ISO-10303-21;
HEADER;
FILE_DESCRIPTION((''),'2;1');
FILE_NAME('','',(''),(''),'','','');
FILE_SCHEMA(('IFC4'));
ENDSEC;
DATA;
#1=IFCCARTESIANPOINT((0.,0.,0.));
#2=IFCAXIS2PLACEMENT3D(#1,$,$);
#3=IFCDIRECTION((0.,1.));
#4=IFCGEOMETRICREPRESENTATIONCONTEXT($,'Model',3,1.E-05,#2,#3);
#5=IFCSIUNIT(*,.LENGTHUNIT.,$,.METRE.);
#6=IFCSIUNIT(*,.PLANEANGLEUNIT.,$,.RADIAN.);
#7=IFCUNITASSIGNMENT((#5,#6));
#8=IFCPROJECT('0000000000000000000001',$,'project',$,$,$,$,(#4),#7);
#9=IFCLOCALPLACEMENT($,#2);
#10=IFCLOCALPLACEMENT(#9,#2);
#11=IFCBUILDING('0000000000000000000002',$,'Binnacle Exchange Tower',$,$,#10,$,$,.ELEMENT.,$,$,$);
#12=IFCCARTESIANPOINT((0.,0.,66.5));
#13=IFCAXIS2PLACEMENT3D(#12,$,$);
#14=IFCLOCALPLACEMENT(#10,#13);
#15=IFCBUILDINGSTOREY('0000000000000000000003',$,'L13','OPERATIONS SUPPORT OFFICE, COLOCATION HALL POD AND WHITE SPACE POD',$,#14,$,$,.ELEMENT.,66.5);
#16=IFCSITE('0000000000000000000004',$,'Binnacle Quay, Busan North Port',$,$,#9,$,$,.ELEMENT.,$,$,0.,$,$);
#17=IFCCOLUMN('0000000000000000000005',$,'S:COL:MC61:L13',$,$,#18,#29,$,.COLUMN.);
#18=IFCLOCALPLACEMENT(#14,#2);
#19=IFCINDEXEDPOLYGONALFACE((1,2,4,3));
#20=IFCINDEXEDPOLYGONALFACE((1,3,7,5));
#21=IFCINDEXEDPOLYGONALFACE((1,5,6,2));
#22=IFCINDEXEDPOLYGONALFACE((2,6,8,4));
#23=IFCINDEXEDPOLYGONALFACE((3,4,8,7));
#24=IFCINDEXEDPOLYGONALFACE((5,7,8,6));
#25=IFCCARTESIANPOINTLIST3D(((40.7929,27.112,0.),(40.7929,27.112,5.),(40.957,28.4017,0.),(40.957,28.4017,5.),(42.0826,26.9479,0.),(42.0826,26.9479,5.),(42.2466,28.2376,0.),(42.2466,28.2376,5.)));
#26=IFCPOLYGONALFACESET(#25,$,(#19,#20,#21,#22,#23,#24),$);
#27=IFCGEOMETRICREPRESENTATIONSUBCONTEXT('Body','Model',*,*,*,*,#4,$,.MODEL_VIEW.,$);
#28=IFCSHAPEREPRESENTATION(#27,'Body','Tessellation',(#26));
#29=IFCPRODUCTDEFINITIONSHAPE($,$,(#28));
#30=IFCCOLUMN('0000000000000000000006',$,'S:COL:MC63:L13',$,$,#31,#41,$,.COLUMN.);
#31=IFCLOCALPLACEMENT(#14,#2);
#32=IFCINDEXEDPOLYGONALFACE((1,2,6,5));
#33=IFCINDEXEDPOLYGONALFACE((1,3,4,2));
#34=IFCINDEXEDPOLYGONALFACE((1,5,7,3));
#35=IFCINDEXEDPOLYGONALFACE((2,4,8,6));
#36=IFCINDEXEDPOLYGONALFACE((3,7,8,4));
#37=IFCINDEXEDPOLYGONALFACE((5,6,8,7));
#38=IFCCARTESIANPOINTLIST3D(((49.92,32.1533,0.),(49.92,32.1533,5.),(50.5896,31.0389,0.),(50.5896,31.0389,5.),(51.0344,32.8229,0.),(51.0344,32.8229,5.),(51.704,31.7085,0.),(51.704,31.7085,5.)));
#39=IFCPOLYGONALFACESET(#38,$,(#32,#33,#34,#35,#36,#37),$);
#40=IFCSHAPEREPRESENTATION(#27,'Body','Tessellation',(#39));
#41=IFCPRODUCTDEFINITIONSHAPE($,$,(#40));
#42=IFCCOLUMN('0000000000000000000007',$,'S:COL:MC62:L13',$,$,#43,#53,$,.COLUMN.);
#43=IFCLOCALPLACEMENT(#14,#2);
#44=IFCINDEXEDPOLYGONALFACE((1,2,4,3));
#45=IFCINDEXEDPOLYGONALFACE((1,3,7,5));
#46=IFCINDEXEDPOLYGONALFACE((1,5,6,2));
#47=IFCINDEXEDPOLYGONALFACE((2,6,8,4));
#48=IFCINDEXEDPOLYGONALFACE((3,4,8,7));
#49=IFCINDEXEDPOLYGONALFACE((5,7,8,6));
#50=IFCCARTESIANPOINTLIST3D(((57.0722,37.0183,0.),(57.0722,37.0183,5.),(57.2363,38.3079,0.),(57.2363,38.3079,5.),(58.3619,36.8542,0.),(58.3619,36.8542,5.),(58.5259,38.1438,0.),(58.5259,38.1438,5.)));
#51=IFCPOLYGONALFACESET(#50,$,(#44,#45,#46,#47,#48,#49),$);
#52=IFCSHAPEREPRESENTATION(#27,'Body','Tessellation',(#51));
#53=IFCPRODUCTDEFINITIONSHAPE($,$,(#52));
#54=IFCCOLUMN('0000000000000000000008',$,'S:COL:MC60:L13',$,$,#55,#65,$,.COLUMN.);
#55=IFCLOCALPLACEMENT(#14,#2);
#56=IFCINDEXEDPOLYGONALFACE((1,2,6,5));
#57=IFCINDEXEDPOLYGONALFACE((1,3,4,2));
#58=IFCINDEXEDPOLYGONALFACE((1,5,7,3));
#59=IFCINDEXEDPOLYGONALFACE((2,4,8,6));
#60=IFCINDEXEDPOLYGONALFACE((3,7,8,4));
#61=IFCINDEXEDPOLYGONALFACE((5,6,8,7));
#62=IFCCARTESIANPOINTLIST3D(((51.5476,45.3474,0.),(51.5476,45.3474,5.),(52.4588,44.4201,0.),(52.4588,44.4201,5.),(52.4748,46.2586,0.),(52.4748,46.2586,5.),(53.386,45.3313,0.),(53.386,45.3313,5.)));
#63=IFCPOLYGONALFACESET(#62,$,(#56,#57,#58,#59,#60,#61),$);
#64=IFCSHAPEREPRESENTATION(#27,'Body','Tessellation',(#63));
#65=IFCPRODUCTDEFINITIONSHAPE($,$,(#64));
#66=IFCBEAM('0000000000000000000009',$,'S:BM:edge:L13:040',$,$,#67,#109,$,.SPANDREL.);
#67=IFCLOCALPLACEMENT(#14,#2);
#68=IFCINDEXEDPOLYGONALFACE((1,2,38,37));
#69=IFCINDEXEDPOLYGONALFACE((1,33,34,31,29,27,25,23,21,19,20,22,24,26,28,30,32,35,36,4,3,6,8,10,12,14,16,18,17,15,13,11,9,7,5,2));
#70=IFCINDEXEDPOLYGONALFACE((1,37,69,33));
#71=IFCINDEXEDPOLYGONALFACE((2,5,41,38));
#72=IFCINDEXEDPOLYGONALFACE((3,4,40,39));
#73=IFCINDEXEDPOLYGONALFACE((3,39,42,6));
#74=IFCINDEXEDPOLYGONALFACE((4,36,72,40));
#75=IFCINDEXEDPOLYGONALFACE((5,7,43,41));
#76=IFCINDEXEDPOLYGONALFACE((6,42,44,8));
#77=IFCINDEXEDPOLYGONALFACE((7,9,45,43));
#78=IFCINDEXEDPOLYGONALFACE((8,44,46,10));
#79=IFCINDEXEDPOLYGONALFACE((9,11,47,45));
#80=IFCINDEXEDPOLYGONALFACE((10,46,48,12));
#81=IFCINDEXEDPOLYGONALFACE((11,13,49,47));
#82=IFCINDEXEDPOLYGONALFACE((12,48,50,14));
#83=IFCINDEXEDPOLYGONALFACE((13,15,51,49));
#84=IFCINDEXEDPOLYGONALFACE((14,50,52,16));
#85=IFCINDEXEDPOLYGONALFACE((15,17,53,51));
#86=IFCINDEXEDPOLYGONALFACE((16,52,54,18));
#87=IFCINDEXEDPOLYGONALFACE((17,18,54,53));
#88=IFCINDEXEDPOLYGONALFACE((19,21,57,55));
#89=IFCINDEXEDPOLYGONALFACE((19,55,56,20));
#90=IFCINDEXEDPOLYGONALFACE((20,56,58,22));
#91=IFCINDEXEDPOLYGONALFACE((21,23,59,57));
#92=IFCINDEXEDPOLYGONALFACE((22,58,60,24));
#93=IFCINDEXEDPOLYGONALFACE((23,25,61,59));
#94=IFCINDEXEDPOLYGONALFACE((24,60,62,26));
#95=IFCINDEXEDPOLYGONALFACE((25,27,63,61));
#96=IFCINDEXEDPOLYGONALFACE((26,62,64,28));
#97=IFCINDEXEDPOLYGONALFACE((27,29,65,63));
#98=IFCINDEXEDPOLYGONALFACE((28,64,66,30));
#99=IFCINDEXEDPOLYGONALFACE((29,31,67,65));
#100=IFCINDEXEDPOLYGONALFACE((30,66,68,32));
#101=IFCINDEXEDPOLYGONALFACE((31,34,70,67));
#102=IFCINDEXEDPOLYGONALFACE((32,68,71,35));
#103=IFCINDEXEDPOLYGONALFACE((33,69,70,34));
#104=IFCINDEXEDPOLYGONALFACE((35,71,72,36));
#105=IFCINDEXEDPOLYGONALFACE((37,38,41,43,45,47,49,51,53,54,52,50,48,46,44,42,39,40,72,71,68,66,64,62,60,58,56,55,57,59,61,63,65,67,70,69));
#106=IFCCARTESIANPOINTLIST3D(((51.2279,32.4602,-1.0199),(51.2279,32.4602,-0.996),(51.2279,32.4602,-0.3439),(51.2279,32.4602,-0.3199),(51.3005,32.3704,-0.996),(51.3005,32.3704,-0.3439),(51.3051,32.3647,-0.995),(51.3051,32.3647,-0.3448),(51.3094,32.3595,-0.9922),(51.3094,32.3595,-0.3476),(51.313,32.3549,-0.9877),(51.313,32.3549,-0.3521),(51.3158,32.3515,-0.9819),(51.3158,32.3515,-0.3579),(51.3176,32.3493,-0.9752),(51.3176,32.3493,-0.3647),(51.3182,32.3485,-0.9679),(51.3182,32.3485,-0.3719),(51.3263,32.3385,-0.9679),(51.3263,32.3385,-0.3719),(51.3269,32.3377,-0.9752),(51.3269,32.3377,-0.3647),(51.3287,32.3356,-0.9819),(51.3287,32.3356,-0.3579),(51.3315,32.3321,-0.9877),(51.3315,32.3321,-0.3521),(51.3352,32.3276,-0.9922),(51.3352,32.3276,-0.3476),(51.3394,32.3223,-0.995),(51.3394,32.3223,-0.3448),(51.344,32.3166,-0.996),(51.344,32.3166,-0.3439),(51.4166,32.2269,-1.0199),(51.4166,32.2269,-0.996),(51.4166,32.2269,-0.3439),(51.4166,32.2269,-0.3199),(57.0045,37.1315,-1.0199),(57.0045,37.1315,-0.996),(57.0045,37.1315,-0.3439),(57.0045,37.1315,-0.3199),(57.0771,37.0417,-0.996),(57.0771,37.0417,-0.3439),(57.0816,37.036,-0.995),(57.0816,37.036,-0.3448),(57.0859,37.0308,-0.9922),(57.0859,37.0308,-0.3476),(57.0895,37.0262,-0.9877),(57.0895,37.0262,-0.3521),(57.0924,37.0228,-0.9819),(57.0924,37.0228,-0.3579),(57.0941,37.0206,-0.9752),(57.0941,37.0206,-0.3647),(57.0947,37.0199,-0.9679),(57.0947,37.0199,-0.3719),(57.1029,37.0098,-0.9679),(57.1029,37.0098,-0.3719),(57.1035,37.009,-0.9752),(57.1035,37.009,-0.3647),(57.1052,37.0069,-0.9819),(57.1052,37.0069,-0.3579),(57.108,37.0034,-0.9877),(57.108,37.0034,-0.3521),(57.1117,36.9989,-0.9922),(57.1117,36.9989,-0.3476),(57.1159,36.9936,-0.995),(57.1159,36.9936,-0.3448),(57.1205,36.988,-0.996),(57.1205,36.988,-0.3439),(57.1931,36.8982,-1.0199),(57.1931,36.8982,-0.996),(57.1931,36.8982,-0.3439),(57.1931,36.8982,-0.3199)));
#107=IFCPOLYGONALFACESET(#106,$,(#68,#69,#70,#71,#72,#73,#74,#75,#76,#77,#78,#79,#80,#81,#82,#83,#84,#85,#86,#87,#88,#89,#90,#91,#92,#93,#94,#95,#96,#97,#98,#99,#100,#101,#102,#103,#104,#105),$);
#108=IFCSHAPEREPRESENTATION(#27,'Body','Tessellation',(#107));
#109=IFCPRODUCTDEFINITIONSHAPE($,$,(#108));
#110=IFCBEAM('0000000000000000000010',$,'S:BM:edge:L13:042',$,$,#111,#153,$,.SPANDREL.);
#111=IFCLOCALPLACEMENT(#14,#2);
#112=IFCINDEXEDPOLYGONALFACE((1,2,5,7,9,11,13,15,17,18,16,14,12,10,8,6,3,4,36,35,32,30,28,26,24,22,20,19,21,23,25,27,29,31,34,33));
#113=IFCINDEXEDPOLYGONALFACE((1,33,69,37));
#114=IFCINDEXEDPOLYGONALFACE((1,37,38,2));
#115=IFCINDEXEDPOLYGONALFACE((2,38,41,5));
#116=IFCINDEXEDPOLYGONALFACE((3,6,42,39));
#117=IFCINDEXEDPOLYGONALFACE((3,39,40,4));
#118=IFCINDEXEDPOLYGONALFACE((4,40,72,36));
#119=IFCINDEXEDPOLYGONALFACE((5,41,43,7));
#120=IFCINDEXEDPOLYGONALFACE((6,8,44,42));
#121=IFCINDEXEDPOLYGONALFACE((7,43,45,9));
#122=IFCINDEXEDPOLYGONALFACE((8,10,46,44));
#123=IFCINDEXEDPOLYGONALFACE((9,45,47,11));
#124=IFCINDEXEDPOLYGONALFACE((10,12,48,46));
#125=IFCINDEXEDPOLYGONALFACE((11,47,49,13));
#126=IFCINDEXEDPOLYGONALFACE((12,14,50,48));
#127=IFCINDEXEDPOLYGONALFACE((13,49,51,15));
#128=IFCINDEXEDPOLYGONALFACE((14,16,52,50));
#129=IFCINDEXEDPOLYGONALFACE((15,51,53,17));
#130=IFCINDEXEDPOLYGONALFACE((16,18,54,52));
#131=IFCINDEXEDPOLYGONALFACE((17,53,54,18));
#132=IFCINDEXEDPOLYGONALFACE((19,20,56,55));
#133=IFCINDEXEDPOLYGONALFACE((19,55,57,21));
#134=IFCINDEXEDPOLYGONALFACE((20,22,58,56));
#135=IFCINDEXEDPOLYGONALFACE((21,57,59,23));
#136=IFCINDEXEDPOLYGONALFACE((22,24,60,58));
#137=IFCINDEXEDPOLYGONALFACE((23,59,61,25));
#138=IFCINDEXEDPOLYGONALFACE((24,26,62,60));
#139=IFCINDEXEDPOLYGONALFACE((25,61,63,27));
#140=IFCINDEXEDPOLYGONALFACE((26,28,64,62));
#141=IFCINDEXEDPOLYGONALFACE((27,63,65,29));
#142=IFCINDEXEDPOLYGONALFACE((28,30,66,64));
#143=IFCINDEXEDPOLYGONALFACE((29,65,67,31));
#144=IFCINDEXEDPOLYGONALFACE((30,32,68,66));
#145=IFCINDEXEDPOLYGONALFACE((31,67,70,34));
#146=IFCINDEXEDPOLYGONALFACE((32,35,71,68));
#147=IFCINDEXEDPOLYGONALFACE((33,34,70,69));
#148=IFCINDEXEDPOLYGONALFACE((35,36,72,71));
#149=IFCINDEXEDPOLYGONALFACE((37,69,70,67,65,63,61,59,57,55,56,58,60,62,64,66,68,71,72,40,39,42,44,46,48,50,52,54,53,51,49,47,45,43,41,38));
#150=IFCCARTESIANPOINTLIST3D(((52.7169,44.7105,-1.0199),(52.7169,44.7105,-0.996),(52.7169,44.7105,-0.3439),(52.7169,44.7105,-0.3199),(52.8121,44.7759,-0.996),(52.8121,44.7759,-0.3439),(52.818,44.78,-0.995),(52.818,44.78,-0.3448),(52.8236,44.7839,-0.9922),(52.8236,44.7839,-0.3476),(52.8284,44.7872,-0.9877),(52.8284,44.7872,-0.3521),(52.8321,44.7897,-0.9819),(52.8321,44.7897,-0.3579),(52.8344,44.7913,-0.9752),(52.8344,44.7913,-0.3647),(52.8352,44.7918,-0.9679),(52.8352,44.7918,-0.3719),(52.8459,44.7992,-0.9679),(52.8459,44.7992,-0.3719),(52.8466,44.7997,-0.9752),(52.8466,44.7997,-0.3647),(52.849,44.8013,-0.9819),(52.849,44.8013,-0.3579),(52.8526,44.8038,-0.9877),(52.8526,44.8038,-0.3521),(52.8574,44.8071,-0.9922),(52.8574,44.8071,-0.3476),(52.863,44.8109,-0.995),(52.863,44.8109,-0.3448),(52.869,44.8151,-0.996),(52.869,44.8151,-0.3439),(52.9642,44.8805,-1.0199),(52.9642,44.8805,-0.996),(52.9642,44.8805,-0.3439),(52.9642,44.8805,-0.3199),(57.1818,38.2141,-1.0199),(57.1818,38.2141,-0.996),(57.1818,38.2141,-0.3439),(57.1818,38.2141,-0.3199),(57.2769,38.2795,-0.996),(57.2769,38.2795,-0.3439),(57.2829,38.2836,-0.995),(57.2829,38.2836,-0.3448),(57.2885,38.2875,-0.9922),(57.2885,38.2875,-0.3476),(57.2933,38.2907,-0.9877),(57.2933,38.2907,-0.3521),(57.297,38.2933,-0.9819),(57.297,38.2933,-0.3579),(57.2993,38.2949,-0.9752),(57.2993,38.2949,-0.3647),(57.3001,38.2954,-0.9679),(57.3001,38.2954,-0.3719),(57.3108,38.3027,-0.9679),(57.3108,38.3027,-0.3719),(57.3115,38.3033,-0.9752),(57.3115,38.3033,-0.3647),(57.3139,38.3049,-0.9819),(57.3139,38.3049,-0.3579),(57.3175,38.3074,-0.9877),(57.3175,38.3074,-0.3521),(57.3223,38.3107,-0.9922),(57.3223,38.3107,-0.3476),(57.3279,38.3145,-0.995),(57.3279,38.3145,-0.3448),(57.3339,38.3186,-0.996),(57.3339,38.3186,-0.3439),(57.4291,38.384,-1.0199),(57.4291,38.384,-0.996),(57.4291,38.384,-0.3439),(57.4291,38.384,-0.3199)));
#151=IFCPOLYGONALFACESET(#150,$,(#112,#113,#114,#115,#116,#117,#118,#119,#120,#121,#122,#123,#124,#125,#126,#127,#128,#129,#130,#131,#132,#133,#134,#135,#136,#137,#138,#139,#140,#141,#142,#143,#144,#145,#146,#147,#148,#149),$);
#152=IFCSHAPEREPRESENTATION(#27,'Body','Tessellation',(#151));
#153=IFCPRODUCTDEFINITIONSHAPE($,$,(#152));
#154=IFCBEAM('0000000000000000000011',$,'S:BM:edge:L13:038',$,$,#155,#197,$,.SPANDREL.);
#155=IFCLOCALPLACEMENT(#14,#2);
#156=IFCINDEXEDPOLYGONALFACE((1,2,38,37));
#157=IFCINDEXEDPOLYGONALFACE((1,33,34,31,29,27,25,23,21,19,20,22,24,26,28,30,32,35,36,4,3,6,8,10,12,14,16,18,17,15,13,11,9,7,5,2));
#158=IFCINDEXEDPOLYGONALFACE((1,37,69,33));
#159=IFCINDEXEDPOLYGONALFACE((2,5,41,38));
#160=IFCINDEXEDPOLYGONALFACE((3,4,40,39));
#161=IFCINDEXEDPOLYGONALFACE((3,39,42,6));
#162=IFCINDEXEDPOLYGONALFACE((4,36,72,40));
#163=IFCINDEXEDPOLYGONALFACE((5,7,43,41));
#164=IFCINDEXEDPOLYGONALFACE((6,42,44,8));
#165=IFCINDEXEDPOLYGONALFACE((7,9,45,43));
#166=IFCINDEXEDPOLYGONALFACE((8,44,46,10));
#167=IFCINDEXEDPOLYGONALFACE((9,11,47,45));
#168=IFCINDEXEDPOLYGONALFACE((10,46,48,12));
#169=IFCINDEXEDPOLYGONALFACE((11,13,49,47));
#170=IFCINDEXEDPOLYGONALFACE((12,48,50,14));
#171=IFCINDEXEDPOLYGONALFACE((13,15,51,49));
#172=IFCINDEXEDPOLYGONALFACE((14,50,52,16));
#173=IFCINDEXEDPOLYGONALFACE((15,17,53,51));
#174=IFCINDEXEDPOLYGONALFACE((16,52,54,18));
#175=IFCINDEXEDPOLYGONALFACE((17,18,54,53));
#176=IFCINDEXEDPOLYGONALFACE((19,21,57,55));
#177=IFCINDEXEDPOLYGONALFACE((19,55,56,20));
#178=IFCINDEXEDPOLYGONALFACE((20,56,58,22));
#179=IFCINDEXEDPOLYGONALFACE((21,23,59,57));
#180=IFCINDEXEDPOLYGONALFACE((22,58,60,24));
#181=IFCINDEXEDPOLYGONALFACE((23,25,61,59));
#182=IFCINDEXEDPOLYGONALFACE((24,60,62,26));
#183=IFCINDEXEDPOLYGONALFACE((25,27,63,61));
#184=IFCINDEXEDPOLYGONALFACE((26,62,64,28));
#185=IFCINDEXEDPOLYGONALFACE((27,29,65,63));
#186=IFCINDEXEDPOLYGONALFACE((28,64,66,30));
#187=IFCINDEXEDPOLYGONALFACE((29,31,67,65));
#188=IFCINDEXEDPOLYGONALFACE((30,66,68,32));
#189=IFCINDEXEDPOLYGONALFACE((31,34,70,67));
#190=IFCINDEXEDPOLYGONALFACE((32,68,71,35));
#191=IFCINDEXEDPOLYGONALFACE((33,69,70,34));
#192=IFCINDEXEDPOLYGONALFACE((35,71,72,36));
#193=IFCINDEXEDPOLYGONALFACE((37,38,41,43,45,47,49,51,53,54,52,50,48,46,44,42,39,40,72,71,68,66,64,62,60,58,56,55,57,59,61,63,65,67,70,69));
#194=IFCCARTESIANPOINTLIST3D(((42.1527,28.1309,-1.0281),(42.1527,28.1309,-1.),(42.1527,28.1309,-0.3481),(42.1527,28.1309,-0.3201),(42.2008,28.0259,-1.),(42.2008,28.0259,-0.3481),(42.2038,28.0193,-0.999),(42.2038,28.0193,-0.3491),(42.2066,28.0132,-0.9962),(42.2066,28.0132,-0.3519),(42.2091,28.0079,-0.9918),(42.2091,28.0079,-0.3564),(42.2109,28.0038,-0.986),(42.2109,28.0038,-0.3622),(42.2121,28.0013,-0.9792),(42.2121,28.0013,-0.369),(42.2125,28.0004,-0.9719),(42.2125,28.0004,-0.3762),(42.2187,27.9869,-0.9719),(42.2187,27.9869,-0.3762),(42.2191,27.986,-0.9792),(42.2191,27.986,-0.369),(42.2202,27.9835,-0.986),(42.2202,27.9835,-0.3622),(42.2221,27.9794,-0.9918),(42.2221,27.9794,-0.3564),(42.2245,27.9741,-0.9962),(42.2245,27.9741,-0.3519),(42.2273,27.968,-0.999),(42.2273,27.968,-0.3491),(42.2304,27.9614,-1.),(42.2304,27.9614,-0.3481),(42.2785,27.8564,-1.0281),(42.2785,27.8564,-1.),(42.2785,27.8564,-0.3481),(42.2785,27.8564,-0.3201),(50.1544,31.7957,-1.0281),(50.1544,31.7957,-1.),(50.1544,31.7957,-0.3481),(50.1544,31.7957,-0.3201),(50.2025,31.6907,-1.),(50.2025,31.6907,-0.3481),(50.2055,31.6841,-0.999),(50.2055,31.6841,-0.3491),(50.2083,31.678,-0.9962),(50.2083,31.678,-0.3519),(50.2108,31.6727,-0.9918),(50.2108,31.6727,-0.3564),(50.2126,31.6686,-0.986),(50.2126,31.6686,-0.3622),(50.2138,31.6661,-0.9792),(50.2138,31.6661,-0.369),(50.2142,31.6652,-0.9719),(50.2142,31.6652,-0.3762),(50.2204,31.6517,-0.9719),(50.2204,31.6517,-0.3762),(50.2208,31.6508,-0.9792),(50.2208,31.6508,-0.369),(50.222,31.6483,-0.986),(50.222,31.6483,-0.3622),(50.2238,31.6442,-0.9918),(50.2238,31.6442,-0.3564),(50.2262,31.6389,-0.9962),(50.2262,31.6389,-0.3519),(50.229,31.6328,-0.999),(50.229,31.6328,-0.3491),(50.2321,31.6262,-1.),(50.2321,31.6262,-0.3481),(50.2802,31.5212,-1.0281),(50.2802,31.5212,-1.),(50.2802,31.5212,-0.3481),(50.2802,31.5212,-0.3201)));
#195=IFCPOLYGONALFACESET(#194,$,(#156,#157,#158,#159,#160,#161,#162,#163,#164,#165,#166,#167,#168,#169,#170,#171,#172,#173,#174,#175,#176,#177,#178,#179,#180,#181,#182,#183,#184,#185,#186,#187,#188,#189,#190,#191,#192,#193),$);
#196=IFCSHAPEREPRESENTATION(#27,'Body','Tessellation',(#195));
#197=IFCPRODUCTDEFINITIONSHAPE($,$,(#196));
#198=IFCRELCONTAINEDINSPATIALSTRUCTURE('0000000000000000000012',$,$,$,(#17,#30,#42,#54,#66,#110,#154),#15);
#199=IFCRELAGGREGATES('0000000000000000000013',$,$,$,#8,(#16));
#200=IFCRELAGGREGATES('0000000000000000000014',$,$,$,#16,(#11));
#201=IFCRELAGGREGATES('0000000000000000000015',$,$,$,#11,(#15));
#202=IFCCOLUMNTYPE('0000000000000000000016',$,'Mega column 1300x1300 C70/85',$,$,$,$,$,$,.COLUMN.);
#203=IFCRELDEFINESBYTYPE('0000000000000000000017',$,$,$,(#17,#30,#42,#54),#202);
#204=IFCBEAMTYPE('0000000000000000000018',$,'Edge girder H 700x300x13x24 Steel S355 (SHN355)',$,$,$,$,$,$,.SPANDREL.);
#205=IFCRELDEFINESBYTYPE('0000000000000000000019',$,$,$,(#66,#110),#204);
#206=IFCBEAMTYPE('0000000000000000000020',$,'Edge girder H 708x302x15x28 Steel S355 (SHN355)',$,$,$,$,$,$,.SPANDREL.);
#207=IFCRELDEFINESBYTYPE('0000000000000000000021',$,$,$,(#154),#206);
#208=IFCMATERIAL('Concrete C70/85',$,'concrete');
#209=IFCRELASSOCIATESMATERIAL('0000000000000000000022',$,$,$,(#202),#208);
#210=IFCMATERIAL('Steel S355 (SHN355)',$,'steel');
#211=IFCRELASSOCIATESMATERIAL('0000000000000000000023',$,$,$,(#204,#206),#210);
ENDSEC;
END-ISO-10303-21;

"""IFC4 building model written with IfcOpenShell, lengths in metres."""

from ifc_helpers import new_model, si_unit, direction, frame, origin, origin_2d, place, context, subcontext, project, spatial, rectangle, i_section, extrude, material, material_profile, profile_set, type_object, element, save


model = new_model("IFC4")

# Units and contexts
model_context = context("Model", 3, precision=1e-05, world=origin(), true_north=direction((0.0, 1.0)))
body_context = subcontext(model_context, "Body", "Model", "MODEL_VIEW")
ifc_project = project(units=[si_unit("LENGTHUNIT", "METRE"), si_unit("PLANEANGLEUNIT", "RADIAN")], contexts=[model_context])

# Site, building, storey
site_placement = place(None, origin())
site = spatial("IfcSite", under=ifc_project, at=site_placement, Name="Binnacle Quay, Busan North Port", CompositionType="ELEMENT", RefElevation=0.0)
building_placement = place(site_placement, origin())
building = spatial("IfcBuilding", under=site, at=building_placement, Name="Binnacle Exchange Tower", CompositionType="ELEMENT")
storey_placement = place(building_placement, frame((0.0, 0.0, 66.5)))
storey = spatial("IfcBuildingStorey", under=building, at=storey_placement, Name="L13", Description="OPERATIONS SUPPORT OFFICE, COLOCATION HALL POD AND WHITE SPACE POD", CompositionType="ELEMENT", Elevation=66.5)

# Columns
ifc_material_1 = material(Name="Concrete C70/85", Category="concrete")
ifc_material_profile_1 = material_profile(ifc_material_1, rectangle(XDim=1.3, YDim=1.3, at=origin_2d()), Name="Mega column 1300x1300 C70/85")
ifc_profile_set_1 = profile_set([ifc_material_profile_1], Name="Concrete C70/85")
column_type = type_object("IfcColumnType", Name="Mega column 1300x1300 C70/85", PredefinedType="COLUMN", material=ifc_profile_set_1)
for number, where, z_axis, x_axis, name in (
    (1, (41.5198, 27.6748, 0.0), (0.0, 0.0, 1.0), (0.992005, -0.126199, 0.0), "S:COL:MC61:L13"),
    (2, (50.812, 31.9309, 0.0), (0.0, 0.0, 1.0), (0.857167, 0.515038, 0.0), "S:COL:MC63:L13"),
    (3, (57.7991, 37.5811, 0.0), (0.0, 0.0, 1.0), (0.126199, 0.992005, 0.0), "S:COL:MC62:L13"),
    (4, (52.4668, 45.3394, 0.0), (0.0, 0.0, 1.0), (-0.700909, 0.71325, 0.0), "S:COL:MC60:L13"),
):
    element("IfcColumn", number, at=place(storey_placement, frame(where, z_axis=z_axis, x_axis=x_axis)), inside=storey, type_object=column_type, Name=name, PredefinedType="COLUMN", context=body_context, shape_type="SweptSolid", body=[
        extrude(rectangle(XDim=1.3, YDim=1.3, at=origin_2d()), origin(), (0.0, 0.0, 1.0), 5.0),
    ])

# Beams
ifc_material_2 = material(Name="Steel S355 (SHN355)", Category="steel")
ifc_material_profile_2 = material_profile(ifc_material_2, i_section(OverallWidth=0.3, OverallDepth=0.7, WebThickness=0.0129, FlangeThickness=0.0239, FilletRadius=0.0281, at=origin_2d()), Name="H 700x300x13x24")
ifc_profile_set_2 = profile_set([ifc_material_profile_2], Name="Steel S355 (SHN355)")
beam_type_1 = type_object("IfcBeamType", Name="Edge girder H 700x300x13x24 Steel S355 (SHN355)", PredefinedType="SPANDREL", material=ifc_profile_set_2)
beam_1_placement = place(storey_placement, frame((51.3223, 32.3435, -0.6699), z_axis=(0.777568, 0.628798, 0.0), x_axis=(-0.628798, 0.777568, 0.0)))
element("IfcBeam", 5, at=beam_1_placement, inside=storey, type_object=beam_type_1, Name="S:BM:edge:L13:040", PredefinedType="SPANDREL", context=body_context, shape_type="SweptSolid", body=[
    extrude(i_section(OverallWidth=0.3, OverallDepth=0.7, WebThickness=0.0129, FlangeThickness=0.0239, FilletRadius=0.0281, at=origin_2d()), origin(), (0.0, 0.0, 1.0), 7.429),
])
beam_2_placement = place(storey_placement, frame((57.3054, 38.2991, -0.6699), z_axis=(-0.566409, 0.824124, 0.0), x_axis=(-0.824124, -0.566409, 0.0)))
element("IfcBeam", 6, at=beam_2_placement, inside=storey, type_object=beam_type_1, Name="S:BM:edge:L13:042", PredefinedType="SPANDREL", context=body_context, shape_type="SweptSolid", body=[
    extrude(i_section(OverallWidth=0.3, OverallDepth=0.7, WebThickness=0.0129, FlangeThickness=0.0239, FilletRadius=0.0281, at=origin_2d()), origin(), (0.0, 0.0, 1.0), 7.8828),
])
ifc_material_profile_3 = material_profile(ifc_material_2, i_section(OverallWidth=0.302, OverallDepth=0.708, WebThickness=0.0149, FlangeThickness=0.0281, FilletRadius=0.0281, at=origin_2d()), Name="H 708x302x15x28")
ifc_profile_set_3 = profile_set([ifc_material_profile_3], Name="Steel S355 (SHN355)")
beam_type_2 = type_object("IfcBeamType", Name="Edge girder H 708x302x15x28 Steel S355 (SHN355)", PredefinedType="SPANDREL", material=ifc_profile_set_3)
beam_3_placement = place(storey_placement, frame((42.2156, 27.9937, -0.6741), z_axis=(0.909179, 0.416405, 0.0), x_axis=(-0.416405, 0.909179, 0.0)))
element("IfcBeam", 7, at=beam_3_placement, inside=storey, type_object=beam_type_2, Name="S:BM:edge:L13:038", PredefinedType="SPANDREL", context=body_context, shape_type="SweptSolid", body=[
    extrude(i_section(OverallWidth=0.302, OverallDepth=0.708, WebThickness=0.0149, FlangeThickness=0.0281, FilletRadius=0.0281, at=origin_2d()), origin(), (0.0, 0.0, 1.0), 8.801),
])

save(model, "model.ifc")
